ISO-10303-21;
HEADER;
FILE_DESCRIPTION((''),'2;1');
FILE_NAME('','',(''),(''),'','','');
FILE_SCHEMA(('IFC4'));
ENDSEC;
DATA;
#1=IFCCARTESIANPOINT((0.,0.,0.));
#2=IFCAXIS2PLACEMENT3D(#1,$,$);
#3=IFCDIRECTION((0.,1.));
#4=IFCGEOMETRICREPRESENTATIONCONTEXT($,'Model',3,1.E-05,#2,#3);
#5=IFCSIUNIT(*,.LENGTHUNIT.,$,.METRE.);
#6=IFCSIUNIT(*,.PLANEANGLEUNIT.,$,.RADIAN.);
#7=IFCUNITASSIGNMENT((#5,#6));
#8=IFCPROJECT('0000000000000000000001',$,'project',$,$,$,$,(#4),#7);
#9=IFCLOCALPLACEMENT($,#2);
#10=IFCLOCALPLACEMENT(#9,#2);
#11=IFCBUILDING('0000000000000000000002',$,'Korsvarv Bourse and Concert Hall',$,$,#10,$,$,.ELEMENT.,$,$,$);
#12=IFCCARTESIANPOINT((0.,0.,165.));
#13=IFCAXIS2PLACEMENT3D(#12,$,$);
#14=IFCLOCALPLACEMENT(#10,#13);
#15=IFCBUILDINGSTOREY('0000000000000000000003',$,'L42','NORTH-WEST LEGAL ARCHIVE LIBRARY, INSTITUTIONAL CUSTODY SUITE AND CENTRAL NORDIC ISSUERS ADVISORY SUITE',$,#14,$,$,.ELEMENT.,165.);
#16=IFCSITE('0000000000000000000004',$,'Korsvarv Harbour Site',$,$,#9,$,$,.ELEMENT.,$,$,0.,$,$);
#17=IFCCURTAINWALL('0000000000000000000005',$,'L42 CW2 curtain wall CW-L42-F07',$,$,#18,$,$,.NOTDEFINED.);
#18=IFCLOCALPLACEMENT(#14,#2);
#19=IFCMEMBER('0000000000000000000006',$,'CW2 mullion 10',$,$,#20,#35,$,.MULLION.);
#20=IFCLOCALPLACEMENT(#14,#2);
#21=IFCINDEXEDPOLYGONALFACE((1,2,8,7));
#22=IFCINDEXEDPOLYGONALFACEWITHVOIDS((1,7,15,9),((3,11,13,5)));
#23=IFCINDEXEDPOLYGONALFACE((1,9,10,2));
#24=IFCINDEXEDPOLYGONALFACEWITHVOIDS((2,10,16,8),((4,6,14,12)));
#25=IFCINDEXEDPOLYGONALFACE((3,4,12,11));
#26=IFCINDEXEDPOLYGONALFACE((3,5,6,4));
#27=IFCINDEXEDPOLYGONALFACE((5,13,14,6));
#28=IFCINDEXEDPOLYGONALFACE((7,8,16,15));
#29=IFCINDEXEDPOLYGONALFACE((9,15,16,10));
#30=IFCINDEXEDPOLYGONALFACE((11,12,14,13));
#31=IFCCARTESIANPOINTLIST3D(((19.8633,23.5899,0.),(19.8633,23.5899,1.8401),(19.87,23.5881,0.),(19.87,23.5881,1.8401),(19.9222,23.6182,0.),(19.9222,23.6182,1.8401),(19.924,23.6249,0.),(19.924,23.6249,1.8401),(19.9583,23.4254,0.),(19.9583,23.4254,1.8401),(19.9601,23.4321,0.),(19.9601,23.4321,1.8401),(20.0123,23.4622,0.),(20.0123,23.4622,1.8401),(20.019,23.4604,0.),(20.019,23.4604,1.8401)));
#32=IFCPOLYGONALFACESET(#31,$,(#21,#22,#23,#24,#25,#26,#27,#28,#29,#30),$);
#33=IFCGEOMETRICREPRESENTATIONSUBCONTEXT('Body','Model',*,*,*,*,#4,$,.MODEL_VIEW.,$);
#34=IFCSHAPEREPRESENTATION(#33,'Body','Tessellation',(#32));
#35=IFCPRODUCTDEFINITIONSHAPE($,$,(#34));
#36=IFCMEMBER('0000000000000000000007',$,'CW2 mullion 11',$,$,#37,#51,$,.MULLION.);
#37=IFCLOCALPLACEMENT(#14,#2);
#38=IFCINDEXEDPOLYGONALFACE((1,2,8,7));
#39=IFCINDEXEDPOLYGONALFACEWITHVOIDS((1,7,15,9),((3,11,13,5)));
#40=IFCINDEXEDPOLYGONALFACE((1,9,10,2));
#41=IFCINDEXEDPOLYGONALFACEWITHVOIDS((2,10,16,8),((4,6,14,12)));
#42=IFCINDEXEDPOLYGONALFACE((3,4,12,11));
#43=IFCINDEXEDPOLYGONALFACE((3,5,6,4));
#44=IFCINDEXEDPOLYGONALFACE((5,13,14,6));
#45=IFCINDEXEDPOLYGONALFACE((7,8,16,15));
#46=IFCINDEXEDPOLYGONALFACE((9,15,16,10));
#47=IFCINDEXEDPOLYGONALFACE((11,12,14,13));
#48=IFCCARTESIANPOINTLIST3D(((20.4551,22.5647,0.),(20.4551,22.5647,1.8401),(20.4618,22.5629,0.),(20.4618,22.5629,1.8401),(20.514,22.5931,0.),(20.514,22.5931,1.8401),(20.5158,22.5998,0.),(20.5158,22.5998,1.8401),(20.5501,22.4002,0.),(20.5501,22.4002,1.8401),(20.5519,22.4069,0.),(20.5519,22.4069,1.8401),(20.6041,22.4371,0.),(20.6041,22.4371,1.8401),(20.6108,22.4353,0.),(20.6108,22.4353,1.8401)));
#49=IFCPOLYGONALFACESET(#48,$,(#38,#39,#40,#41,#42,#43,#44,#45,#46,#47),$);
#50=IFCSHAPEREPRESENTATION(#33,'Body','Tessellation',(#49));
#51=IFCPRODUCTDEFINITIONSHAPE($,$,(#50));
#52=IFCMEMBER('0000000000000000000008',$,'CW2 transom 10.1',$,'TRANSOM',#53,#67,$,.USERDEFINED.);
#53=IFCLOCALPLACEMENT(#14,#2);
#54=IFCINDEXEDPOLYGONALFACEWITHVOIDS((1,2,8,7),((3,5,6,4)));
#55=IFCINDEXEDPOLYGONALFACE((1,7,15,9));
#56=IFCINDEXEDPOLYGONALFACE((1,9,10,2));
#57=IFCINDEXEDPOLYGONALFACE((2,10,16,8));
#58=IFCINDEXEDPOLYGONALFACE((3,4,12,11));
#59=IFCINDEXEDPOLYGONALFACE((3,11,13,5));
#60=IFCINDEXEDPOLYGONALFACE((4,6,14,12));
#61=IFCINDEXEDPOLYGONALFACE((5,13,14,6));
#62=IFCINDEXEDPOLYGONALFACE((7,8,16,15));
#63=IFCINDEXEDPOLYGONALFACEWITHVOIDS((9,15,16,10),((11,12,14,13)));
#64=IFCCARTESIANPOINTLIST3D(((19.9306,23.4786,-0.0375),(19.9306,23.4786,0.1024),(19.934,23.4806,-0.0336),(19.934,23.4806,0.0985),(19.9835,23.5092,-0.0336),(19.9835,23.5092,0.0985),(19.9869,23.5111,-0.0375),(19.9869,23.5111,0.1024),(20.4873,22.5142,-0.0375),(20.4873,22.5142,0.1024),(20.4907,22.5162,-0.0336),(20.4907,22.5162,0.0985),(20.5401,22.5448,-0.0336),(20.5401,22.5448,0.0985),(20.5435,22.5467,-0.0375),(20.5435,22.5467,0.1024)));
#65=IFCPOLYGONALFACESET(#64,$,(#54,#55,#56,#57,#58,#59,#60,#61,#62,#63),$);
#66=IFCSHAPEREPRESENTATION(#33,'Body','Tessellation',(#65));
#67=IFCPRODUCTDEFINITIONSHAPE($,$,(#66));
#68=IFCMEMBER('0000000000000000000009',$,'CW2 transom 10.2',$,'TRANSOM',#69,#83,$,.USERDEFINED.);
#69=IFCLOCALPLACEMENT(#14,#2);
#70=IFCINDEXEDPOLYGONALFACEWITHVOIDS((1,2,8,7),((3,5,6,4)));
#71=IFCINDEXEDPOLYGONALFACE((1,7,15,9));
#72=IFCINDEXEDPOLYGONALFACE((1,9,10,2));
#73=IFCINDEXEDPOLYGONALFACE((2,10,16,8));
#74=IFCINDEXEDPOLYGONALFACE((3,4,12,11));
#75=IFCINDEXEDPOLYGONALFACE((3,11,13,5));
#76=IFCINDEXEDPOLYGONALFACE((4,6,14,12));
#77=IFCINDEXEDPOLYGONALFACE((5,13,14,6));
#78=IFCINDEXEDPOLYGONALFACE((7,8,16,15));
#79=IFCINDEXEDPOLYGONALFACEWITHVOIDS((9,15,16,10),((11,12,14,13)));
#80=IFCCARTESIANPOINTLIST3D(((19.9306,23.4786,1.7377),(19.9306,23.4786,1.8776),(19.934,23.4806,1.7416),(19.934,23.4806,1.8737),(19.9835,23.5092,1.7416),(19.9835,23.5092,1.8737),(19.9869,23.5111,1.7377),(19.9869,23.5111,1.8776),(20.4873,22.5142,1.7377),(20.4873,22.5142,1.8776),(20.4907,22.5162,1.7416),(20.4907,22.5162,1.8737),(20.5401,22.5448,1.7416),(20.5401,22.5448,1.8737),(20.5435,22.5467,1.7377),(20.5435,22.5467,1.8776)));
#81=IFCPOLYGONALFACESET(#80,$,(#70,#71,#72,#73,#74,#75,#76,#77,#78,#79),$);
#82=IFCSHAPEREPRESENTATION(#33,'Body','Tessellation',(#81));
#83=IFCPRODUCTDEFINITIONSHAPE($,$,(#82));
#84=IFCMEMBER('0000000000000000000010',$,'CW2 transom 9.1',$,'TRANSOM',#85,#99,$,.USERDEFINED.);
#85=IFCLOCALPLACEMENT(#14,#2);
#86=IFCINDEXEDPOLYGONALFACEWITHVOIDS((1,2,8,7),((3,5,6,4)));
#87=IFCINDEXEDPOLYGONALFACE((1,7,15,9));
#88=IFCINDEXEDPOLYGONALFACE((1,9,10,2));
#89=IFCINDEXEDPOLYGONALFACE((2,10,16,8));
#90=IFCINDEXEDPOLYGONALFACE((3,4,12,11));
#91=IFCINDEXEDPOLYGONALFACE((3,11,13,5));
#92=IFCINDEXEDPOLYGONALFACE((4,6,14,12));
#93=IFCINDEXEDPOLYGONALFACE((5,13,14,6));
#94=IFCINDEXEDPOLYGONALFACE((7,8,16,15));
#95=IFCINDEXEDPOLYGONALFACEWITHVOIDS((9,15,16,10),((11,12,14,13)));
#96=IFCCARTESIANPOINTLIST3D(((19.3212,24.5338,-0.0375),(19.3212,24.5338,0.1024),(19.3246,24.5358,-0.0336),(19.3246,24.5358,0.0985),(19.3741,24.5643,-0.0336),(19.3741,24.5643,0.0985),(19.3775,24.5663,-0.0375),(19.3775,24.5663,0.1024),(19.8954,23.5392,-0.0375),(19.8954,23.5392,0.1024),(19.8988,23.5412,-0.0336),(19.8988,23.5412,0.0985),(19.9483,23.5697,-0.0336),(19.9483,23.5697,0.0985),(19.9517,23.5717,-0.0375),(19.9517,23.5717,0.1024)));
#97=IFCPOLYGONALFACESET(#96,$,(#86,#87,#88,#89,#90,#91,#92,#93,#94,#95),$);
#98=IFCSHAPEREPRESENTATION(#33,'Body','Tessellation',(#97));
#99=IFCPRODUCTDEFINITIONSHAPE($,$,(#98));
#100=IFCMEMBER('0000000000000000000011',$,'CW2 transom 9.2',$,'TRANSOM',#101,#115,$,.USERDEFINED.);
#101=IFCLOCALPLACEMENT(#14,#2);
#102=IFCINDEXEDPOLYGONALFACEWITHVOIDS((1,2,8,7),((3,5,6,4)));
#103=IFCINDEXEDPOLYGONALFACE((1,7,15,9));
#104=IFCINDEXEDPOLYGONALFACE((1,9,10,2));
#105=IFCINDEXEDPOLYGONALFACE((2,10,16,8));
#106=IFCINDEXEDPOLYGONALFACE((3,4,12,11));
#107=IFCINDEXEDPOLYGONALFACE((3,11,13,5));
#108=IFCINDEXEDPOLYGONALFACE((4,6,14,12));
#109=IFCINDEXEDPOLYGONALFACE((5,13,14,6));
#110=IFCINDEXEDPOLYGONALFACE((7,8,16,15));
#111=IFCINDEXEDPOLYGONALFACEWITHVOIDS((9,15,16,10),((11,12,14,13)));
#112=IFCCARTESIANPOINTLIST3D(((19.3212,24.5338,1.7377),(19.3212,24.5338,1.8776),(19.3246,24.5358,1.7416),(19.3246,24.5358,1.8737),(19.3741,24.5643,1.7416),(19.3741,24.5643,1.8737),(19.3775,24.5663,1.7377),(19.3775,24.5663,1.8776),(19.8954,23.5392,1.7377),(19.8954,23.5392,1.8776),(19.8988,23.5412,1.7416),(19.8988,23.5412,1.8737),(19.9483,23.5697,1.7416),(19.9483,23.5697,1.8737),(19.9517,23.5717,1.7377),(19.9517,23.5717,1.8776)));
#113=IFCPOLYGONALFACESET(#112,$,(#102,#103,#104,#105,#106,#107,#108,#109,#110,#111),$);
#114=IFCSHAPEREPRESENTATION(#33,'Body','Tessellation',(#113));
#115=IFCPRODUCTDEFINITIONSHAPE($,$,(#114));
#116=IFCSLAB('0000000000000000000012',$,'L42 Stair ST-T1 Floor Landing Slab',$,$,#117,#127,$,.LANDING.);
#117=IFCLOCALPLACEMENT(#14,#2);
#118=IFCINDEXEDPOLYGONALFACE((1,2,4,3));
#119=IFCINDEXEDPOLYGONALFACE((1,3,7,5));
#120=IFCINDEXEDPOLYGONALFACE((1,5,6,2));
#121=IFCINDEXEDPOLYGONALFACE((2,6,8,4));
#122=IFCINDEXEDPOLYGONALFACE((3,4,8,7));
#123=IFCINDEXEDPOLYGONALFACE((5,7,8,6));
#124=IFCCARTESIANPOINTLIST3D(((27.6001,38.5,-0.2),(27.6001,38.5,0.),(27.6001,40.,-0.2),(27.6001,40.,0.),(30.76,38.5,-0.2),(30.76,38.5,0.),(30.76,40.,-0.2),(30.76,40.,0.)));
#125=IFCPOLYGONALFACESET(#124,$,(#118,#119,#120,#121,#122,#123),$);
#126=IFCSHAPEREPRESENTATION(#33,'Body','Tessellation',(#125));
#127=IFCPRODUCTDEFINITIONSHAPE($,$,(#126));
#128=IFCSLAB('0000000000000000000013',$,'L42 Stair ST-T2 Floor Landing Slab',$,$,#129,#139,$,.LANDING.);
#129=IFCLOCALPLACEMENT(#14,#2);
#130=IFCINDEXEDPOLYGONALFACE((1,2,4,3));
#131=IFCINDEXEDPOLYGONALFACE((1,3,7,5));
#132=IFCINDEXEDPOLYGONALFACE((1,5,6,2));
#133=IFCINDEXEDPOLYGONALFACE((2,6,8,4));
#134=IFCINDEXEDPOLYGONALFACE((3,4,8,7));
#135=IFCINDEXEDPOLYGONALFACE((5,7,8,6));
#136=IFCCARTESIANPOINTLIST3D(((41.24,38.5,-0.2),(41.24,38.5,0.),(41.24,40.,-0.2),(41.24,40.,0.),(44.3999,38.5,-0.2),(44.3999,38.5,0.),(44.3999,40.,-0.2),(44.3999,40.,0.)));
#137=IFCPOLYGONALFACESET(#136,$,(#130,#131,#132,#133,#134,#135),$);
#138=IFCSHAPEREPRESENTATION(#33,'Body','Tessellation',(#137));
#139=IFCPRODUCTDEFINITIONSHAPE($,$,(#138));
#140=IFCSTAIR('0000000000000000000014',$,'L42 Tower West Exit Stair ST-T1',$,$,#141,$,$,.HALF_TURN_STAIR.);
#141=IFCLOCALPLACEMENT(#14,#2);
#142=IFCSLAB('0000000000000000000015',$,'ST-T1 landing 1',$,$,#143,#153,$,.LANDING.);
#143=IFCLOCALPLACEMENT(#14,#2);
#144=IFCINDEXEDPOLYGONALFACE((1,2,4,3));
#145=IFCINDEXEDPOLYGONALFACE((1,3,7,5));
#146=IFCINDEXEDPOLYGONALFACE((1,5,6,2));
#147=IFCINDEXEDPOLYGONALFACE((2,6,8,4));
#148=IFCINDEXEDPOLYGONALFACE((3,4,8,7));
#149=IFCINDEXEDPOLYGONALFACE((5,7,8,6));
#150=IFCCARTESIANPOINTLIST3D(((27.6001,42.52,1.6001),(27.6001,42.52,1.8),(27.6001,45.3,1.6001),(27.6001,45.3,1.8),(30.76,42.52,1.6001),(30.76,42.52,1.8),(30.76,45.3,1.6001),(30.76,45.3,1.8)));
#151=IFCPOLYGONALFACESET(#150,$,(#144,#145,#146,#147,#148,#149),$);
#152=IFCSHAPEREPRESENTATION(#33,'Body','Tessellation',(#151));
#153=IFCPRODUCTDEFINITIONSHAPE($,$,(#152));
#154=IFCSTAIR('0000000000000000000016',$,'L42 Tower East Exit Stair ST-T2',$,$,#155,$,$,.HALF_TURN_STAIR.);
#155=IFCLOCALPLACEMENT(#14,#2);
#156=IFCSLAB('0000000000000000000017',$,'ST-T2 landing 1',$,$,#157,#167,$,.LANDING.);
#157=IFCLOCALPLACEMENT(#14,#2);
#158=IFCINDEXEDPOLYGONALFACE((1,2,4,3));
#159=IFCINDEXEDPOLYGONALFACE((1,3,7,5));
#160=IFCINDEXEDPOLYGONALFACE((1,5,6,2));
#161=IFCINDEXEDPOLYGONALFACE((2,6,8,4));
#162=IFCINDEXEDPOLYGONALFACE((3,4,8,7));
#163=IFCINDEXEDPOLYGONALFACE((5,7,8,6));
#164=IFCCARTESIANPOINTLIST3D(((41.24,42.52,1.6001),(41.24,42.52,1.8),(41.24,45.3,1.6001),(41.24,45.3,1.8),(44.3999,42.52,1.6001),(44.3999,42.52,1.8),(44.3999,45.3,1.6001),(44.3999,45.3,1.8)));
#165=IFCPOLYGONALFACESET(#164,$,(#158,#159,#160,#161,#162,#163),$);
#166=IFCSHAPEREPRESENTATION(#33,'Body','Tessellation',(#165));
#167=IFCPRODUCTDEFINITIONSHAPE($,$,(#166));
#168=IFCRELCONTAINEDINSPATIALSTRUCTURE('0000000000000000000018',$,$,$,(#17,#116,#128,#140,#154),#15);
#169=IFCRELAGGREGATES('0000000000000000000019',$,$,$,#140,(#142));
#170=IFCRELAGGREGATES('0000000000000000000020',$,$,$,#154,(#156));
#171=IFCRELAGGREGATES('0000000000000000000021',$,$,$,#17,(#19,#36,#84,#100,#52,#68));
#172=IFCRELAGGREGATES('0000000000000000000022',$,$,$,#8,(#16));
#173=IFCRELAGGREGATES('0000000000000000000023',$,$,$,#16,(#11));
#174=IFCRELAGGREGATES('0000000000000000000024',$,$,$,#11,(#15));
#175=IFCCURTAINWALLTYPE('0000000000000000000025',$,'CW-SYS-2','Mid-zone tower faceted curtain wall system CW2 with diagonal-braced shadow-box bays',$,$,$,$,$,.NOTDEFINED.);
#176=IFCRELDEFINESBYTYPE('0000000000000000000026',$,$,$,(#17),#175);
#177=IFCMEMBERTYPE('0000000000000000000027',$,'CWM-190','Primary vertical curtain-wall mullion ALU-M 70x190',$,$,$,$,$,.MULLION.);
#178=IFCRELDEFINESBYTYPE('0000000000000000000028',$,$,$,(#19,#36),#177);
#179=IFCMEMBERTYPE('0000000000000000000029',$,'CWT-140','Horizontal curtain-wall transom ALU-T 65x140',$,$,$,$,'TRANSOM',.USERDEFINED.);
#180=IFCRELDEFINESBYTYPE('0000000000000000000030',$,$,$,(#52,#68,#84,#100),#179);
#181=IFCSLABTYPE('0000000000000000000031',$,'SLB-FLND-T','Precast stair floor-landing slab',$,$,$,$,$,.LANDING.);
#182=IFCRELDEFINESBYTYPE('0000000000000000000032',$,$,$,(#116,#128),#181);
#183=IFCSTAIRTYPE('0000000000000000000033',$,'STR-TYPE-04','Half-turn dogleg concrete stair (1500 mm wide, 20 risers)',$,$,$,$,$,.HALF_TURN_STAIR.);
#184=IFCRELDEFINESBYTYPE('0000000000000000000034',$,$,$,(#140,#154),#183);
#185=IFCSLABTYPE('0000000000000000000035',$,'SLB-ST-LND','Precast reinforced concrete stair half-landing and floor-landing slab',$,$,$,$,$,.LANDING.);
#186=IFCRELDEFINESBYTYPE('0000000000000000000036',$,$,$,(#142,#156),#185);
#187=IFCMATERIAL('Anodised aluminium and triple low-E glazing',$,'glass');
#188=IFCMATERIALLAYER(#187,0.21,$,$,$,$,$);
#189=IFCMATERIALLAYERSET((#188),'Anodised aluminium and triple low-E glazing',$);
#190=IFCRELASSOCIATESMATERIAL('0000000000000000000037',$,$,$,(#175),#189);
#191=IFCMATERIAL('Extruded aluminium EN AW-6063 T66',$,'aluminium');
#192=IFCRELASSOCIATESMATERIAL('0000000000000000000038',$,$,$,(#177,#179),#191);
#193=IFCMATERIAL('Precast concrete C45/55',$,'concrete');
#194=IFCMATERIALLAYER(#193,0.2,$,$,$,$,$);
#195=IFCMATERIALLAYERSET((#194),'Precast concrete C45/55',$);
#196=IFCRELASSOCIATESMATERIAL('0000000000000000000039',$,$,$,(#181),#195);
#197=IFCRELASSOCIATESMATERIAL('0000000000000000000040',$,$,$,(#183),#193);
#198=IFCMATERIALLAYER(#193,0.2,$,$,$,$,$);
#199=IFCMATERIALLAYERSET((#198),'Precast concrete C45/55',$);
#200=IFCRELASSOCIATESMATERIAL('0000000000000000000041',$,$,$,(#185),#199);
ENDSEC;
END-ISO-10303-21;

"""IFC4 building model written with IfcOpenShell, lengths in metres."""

from ifc_helpers import new_model, si_unit, direction, frame, origin, origin_2d, place, context, subcontext, project, spatial, polyline, hollow_rectangle, outline, extrude, source, transform, mapped, material, layer, layer_set, material_profile, profile_set, type_object, element, aggregate, save


model = new_model("IFC4")

# Units and contexts
model_context = context("Model", 3, precision=1e-05, world=origin(), true_north=direction((0.0, 1.0)))
body_context = subcontext(model_context, "Body", "Model", "MODEL_VIEW")
ifc_project = project(units=[si_unit("LENGTHUNIT", "METRE"), si_unit("PLANEANGLEUNIT", "RADIAN")], contexts=[model_context])

# Site, building, storey
site_placement = place(None, origin())
site = spatial("IfcSite", under=ifc_project, at=site_placement, Name="Korsvarv Harbour Site", CompositionType="ELEMENT", RefElevation=0.0)
building_placement = place(site_placement, origin())
building = spatial("IfcBuilding", under=site, at=building_placement, Name="Korsvarv Bourse and Concert Hall", CompositionType="ELEMENT")
storey_placement = place(building_placement, frame((0.0, 0.0, 165.0)))
storey = spatial("IfcBuildingStorey", under=building, at=storey_placement, Name="L42", Description="NORTH-WEST LEGAL ARCHIVE LIBRARY, INSTITUTIONAL CUSTODY SUITE AND CENTRAL NORDIC ISSUERS ADVISORY SUITE", CompositionType="ELEMENT", Elevation=165.0)

# Curtain wall, members
ifc_material_1 = material(Name="Anodised aluminium and triple low-E glazing", Category="glass")
ifc_layer_1 = layer(ifc_material_1, 0.21)
ifc_layer_set_1 = layer_set([ifc_layer_1], Name="Anodised aluminium and triple low-E glazing")
curtain_wall_type = type_object("IfcCurtainWallType", Name="CW-SYS-2", Description="Mid-zone tower faceted curtain wall system CW2 with diagonal-braced shadow-box bays", PredefinedType="NOTDEFINED", material=ifc_layer_set_1)
curtain_wall_placement = place(storey_placement, origin())
curtain_wall = element("IfcCurtainWall", 1, at=curtain_wall_placement, inside=storey, type_object=curtain_wall_type, Name="L42 CW2 curtain wall CW-L42-F07", PredefinedType="NOTDEFINED")
ifc_material_2 = material(Name="Extruded aluminium EN AW-6063 T66", Category="aluminium")
ifc_material_profile_1 = material_profile(ifc_material_2, hollow_rectangle(XDim=0.0701, YDim=0.1899, WallThickness=0.0049, at=origin_2d()), Name="ALU-M 70x190")
ifc_profile_set_1 = profile_set([ifc_material_profile_1], Name="Extruded aluminium EN AW-6063 T66")
member_type_1 = type_object("IfcMemberType", Name="CWM-190", Description="Primary vertical curtain-wall mullion ALU-M 70x190", PredefinedType="MULLION", material=ifc_profile_set_1)
shared_shape_1 = source(origin(), body_context, "Body", "SweptSolid", [
    extrude(hollow_rectangle(XDim=0.0701, YDim=0.1899, WallThickness=0.0049, at=origin_2d()), origin(), (0.0, 0.0, 1.0), 1.8401),
])
member_1_placement = place(storey_placement, frame((19.9412, 23.5251, 0.0), z_axis=(0.0, 0.0, 1.0), x_axis=(0.866024, 0.500002, 0.0)))
member_1 = element("IfcMember", 2, at=member_1_placement, type_object=member_type_1, Name="CW2 mullion 10", PredefinedType="MULLION", context=body_context, shape_type="MappedRepresentation", body=[
    mapped(shared_shape_1, transform((0.0, 0.0, 0.0), scale=1.0)),
])
member_2_placement = place(storey_placement, frame((20.533, 22.5, 0.0), z_axis=(0.0, 0.0, 1.0), x_axis=(0.866024, 0.500002, 0.0)))
member_2 = element("IfcMember", 3, at=member_2_placement, type_object=member_type_1, Name="CW2 mullion 11", PredefinedType="MULLION", context=body_context, shape_type="MappedRepresentation", body=[
    mapped(shared_shape_1, transform((0.0, 0.0, 0.0), scale=1.0)),
])
ifc_material_profile_2 = material_profile(ifc_material_2, hollow_rectangle(XDim=0.0649, YDim=0.1399, WallThickness=0.0039, at=origin_2d()), Name="ALU-T 65x140")
ifc_profile_set_2 = profile_set([ifc_material_profile_2], Name="Extruded aluminium EN AW-6063 T66")
member_type_2 = type_object("IfcMemberType", Name="CWT-140", Description="Horizontal curtain-wall transom ALU-T 65x140", ElementType="TRANSOM", PredefinedType="USERDEFINED", material=ifc_profile_set_2)
shared_shape_2 = source(origin(), body_context, "Body", "SweptSolid", [
    extrude(hollow_rectangle(XDim=0.0649, YDim=0.1399, WallThickness=0.0039, at=origin_2d()), origin(), (0.0, 0.0, 1.0), 1.1135),
])
member_3_placement = place(storey_placement, frame((19.9587, 23.4949, 0.0325), z_axis=(0.499912, -0.866076, 0.0), x_axis=(0.866076, 0.499912, 0.0)))
member_3 = element("IfcMember", 4, at=member_3_placement, type_object=member_type_2, Name="CW2 transom 10.1", ObjectType="TRANSOM", PredefinedType="USERDEFINED", context=body_context, shape_type="MappedRepresentation", body=[
    mapped(shared_shape_2, transform((0.0, 0.0, 0.0), scale=1.0)),
])
member_4_placement = place(storey_placement, frame((19.9587, 23.4949, 1.8076), z_axis=(0.499912, -0.866076, 0.0), x_axis=(0.866076, 0.499912, 0.0)))
member_4 = element("IfcMember", 5, at=member_4_placement, type_object=member_type_2, Name="CW2 transom 10.2", ObjectType="TRANSOM", PredefinedType="USERDEFINED", context=body_context, shape_type="MappedRepresentation", body=[
    mapped(shared_shape_2, transform((0.0, 0.0, 0.0), scale=1.0)),
])
shared_shape_3 = source(origin(), body_context, "Body", "SweptSolid", [
    extrude(hollow_rectangle(XDim=0.0649, YDim=0.1399, WallThickness=0.0039, at=origin_2d()), origin(), (0.0, 0.0, 1.0), 1.1484),
])
member_5_placement = place(storey_placement, frame((19.3494, 24.55, 0.0325), z_axis=(0.49998, -0.866037, 0.0), x_axis=(0.866037, 0.49998, 0.0)))
member_5 = element("IfcMember", 6, at=member_5_placement, type_object=member_type_2, Name="CW2 transom 9.1", ObjectType="TRANSOM", PredefinedType="USERDEFINED", context=body_context, shape_type="MappedRepresentation", body=[
    mapped(shared_shape_3, transform((0.0, 0.0, 0.0), scale=1.0)),
])
member_6_placement = place(storey_placement, frame((19.3494, 24.55, 1.8076), z_axis=(0.49998, -0.866037, 0.0), x_axis=(0.866037, 0.49998, 0.0)))
member_6 = element("IfcMember", 7, at=member_6_placement, type_object=member_type_2, Name="CW2 transom 9.2", ObjectType="TRANSOM", PredefinedType="USERDEFINED", context=body_context, shape_type="MappedRepresentation", body=[
    mapped(shared_shape_3, transform((0.0, 0.0, 0.0), scale=1.0)),
])

# Slabs
ifc_material_3 = material(Name="Precast concrete C45/55", Category="concrete")
ifc_layer_2 = layer(ifc_material_3, 0.2)
ifc_layer_set_2 = layer_set([ifc_layer_2], Name="Precast concrete C45/55")
slab_type_1 = type_object("IfcSlabType", Name="SLB-FLND-T", Description="Precast stair floor-landing slab", PredefinedType="LANDING", material=ifc_layer_set_2)
slab_1_placement = place(storey_placement, frame((0.0, 0.0, -0.2)))
element("IfcSlab", 8, at=slab_1_placement, inside=storey, type_object=slab_type_1, Name="L42 Stair ST-T1 Floor Landing Slab", PredefinedType="LANDING", context=body_context, shape_type="SweptSolid", body=[
    extrude(outline(polyline([(30.76, 38.5), (30.76, 40.0), (27.6001, 40.0), (27.6001, 38.5), (30.76, 38.5)])), origin(), (0.0, 0.0, 1.0), 0.2),
])
slab_2_placement = place(storey_placement, frame((0.0, 0.0, -0.2)))
element("IfcSlab", 9, at=slab_2_placement, inside=storey, type_object=slab_type_1, Name="L42 Stair ST-T2 Floor Landing Slab", PredefinedType="LANDING", context=body_context, shape_type="SweptSolid", body=[
    extrude(outline(polyline([(44.3999, 38.5), (44.3999, 40.0), (41.24, 40.0), (41.24, 38.5), (44.3999, 38.5)])), origin(), (0.0, 0.0, 1.0), 0.2),
])

# Stairs, slabs
stair_type = type_object("IfcStairType", Name="STR-TYPE-04", Description="Half-turn dogleg concrete stair (1500 mm wide, 20 risers)", PredefinedType="HALF_TURN_STAIR", material=ifc_material_3)
stair_1_placement = place(storey_placement, origin())
stair_1 = element("IfcStair", 10, at=stair_1_placement, inside=storey, type_object=stair_type, Name="L42 Tower West Exit Stair ST-T1", PredefinedType="HALF_TURN_STAIR")
ifc_layer_3 = layer(ifc_material_3, 0.2)
ifc_layer_set_3 = layer_set([ifc_layer_3], Name="Precast concrete C45/55")
slab_type_2 = type_object("IfcSlabType", Name="SLB-ST-LND", Description="Precast reinforced concrete stair half-landing and floor-landing slab", PredefinedType="LANDING", material=ifc_layer_set_3)
slab_3_placement = place(storey_placement, frame((0.0, 0.0, 1.6001)))
slab_3 = element("IfcSlab", 11, at=slab_3_placement, type_object=slab_type_2, Name="ST-T1 landing 1", PredefinedType="LANDING", context=body_context, shape_type="SweptSolid", body=[
    extrude(outline(polyline([(30.76, 42.52), (30.76, 45.3), (27.6001, 45.3), (27.6001, 42.52), (30.76, 42.52)])), origin(), (0.0, 0.0, 1.0), 0.2),
])
aggregate(stair_1, [slab_3])
stair_2_placement = place(storey_placement, origin())
stair_2 = element("IfcStair", 12, at=stair_2_placement, inside=storey, type_object=stair_type, Name="L42 Tower East Exit Stair ST-T2", PredefinedType="HALF_TURN_STAIR")
slab_4_placement = place(storey_placement, frame((0.0, 0.0, 1.6001)))
slab_4 = element("IfcSlab", 13, at=slab_4_placement, type_object=slab_type_2, Name="ST-T2 landing 1", PredefinedType="LANDING", context=body_context, shape_type="SweptSolid", body=[
    extrude(outline(polyline([(44.3999, 42.52), (44.3999, 45.3), (41.24, 45.3), (41.24, 42.52), (44.3999, 42.52)])), origin(), (0.0, 0.0, 1.0), 0.2),
])
aggregate(stair_2, [slab_4])

aggregate(curtain_wall, [member_1, member_2, member_5, member_6, member_3, member_4])

save(model, "model.ifc")
